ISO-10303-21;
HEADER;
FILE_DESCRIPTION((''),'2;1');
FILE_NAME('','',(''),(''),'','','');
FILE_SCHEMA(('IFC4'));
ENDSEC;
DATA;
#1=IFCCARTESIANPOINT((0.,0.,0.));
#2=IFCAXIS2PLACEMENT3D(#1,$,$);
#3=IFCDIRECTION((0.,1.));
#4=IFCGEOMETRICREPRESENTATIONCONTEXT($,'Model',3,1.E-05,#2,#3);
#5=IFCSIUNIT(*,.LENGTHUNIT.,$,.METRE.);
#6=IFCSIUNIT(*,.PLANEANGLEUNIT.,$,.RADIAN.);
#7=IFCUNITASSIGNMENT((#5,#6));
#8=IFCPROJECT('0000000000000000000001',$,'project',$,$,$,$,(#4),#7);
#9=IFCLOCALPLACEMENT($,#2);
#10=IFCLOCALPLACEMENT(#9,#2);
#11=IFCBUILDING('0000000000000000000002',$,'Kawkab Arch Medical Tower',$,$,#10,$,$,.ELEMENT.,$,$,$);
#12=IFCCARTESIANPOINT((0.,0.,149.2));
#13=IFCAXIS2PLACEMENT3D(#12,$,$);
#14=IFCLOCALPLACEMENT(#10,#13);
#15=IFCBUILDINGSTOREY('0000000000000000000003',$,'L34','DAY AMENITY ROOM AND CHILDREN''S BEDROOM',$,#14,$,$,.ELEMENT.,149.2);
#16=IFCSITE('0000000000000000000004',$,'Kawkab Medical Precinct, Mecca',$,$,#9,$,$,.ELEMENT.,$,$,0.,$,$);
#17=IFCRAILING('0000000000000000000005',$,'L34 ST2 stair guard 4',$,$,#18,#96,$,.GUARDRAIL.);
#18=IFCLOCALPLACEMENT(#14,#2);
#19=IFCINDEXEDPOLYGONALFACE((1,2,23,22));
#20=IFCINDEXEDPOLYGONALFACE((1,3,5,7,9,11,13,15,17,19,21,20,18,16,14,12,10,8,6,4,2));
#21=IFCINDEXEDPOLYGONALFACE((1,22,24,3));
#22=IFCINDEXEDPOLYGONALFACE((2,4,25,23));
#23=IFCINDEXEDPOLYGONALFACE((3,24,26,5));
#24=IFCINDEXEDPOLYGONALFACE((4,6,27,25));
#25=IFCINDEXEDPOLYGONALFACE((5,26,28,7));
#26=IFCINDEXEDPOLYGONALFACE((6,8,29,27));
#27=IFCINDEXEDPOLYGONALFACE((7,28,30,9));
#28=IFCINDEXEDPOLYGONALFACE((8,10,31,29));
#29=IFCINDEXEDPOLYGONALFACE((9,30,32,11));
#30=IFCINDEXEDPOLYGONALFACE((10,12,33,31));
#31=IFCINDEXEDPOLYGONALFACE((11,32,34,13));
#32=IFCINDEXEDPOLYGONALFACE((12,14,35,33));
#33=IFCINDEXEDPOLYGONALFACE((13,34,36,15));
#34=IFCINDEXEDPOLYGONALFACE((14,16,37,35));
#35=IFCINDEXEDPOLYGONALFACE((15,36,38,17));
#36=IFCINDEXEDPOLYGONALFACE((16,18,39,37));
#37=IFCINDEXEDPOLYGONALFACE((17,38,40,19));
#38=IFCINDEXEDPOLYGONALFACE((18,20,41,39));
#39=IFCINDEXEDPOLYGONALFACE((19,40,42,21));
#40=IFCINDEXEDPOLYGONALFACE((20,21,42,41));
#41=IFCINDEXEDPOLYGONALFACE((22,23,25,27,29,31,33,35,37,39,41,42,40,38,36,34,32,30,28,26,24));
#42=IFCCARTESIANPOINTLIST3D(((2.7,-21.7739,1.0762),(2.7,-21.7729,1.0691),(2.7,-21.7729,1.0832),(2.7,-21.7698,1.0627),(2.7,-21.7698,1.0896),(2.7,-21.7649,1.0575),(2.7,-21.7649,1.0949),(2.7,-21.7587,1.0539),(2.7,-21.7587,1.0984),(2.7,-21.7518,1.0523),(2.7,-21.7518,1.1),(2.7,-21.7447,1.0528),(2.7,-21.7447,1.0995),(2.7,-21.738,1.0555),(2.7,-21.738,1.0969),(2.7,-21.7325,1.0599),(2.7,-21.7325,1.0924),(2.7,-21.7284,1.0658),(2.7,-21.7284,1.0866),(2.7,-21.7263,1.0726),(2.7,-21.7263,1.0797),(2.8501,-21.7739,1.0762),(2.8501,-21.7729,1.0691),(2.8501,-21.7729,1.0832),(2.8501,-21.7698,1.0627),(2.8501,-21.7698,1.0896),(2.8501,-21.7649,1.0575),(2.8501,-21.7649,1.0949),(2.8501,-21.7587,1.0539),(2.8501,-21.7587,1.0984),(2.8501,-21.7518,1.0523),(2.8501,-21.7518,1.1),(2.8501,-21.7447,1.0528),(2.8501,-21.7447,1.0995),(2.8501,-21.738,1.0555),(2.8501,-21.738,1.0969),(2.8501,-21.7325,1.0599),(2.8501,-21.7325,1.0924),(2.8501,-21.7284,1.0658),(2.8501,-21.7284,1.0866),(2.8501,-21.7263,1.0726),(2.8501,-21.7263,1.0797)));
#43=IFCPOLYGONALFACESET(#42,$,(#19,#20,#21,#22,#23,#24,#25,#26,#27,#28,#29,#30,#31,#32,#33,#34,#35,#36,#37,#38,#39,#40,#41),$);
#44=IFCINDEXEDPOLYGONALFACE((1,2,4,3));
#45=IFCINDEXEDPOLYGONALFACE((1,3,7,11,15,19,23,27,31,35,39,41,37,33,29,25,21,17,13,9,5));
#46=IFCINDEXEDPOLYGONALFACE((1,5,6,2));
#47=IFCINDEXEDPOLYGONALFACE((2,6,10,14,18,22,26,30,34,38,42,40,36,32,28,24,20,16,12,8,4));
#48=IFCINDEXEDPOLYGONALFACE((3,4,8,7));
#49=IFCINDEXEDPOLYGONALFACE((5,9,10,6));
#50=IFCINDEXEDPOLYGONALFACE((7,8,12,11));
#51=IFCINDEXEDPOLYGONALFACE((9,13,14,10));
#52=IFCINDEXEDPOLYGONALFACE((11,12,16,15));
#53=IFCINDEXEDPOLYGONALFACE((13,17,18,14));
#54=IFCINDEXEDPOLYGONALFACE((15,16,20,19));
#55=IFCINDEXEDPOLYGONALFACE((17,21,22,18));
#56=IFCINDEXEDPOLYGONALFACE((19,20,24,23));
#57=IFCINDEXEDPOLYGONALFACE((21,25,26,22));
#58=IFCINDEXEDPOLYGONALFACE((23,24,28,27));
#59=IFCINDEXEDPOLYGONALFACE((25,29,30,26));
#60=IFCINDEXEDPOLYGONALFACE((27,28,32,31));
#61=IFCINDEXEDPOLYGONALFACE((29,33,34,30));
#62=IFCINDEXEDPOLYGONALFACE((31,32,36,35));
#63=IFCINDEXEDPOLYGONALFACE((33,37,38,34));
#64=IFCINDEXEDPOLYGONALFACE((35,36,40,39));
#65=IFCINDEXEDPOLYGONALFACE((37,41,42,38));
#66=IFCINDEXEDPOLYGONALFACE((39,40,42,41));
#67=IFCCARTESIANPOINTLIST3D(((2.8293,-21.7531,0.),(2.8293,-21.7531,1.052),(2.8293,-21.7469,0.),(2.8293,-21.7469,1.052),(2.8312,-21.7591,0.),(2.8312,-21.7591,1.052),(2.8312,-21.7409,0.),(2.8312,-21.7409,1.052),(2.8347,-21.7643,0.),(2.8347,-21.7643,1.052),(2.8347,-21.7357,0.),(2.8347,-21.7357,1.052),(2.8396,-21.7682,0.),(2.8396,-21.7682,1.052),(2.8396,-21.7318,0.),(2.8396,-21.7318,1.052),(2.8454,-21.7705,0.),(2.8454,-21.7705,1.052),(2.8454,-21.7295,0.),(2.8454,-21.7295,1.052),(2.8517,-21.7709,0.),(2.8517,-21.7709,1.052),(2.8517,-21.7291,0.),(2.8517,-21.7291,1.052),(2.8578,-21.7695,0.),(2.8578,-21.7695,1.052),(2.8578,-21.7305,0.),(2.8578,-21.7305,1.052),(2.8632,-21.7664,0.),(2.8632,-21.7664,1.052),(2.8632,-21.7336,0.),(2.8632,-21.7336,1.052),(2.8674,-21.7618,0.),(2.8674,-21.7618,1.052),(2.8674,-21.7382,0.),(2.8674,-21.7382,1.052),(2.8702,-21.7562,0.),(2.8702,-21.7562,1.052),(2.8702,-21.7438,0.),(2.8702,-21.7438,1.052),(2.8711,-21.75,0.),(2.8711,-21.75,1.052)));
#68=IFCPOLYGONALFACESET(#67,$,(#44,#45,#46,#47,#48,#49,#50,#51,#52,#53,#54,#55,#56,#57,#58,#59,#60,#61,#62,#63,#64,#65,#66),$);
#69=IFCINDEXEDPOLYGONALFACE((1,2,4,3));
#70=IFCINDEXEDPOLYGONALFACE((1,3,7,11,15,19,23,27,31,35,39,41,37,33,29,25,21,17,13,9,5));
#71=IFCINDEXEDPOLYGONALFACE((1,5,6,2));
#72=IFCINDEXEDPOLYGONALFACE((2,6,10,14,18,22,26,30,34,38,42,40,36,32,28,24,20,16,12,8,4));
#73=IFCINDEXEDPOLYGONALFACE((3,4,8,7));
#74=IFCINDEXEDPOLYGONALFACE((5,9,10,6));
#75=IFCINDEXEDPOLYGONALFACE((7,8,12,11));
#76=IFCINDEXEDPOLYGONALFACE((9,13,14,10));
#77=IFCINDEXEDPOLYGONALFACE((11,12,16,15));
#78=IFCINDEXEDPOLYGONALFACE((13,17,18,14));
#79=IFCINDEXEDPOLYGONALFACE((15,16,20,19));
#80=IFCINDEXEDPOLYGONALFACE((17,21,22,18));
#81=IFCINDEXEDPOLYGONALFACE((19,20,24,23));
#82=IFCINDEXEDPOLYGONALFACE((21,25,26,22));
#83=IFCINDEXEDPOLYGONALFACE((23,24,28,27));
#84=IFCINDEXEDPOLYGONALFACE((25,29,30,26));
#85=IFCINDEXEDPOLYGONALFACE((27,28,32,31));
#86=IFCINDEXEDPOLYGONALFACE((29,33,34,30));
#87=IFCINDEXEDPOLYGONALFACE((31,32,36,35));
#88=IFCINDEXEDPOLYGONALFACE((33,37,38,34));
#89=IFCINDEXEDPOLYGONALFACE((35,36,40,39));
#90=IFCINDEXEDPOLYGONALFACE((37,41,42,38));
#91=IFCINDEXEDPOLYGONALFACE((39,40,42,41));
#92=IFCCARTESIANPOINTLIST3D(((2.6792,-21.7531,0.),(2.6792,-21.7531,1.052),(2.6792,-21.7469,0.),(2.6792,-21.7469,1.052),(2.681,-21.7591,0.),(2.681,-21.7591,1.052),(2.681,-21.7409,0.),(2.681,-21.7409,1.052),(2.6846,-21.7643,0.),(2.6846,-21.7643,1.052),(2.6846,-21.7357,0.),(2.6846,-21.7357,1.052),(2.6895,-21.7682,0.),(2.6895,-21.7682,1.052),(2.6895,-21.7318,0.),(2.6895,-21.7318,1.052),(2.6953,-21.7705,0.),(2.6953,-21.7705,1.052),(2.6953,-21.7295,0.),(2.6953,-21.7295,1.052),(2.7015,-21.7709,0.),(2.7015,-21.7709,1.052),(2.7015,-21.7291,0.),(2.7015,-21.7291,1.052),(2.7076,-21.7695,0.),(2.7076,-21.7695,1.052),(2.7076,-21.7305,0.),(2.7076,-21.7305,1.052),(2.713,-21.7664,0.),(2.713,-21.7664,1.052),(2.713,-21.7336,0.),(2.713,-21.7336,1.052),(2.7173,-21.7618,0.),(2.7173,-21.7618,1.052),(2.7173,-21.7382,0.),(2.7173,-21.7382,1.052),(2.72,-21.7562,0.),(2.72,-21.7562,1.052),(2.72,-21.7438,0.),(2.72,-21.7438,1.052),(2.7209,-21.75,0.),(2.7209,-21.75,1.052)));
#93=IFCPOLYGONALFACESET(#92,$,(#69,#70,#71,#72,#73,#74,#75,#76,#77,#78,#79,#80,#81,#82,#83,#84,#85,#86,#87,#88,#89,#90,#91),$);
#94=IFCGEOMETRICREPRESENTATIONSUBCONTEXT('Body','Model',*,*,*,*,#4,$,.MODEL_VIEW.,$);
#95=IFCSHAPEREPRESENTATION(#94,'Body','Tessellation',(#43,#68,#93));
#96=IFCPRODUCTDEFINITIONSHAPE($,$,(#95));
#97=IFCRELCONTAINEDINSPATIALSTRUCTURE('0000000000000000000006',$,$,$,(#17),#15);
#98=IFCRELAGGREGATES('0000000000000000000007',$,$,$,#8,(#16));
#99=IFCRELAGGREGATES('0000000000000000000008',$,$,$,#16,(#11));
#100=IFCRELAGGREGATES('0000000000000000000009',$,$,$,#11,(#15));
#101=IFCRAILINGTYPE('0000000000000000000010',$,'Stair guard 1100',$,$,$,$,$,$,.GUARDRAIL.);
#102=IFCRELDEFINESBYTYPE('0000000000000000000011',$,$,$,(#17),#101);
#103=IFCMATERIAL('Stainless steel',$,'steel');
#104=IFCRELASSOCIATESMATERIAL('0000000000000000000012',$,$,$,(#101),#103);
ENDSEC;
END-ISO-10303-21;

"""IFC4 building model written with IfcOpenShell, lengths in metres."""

from ifc_helpers import new_model, si_unit, direction, frame, origin, origin_2d, place, context, subcontext, project, spatial, circle, extrude, material, type_object, element, save


model = new_model("IFC4")

# Units and contexts
model_context = context("Model", 3, precision=1e-05, world=origin(), true_north=direction((0.0, 1.0)))
body_context = subcontext(model_context, "Body", "Model", "MODEL_VIEW")
ifc_project = project(units=[si_unit("LENGTHUNIT", "METRE"), si_unit("PLANEANGLEUNIT", "RADIAN")], contexts=[model_context])

# Site, building, storey
site_placement = place(None, origin())
site = spatial("IfcSite", under=ifc_project, at=site_placement, Name="Kawkab Medical Precinct, Mecca", CompositionType="ELEMENT", RefElevation=0.0)
building_placement = place(site_placement, origin())
building = spatial("IfcBuilding", under=site, at=building_placement, Name="Kawkab Arch Medical Tower", CompositionType="ELEMENT")
storey_placement = place(building_placement, frame((0.0, 0.0, 149.2)))
storey = spatial("IfcBuildingStorey", under=building, at=storey_placement, Name="L34", Description="DAY AMENITY ROOM AND CHILDREN'S BEDROOM", CompositionType="ELEMENT", Elevation=149.2)

# Railing
ifc_material_1 = material(Name="Stainless steel", Category="steel")
railing_type = type_object("IfcRailingType", Name="Stair guard 1100", PredefinedType="GUARDRAIL", material=ifc_material_1)
railing_1_placement = place(storey_placement, frame((2.8501, -21.75, 0.0)))
element("IfcRailing", 1, at=railing_1_placement, inside=storey, type_object=railing_type, Name="L34 ST2 stair guard 4", PredefinedType="GUARDRAIL", context=body_context, shape_type="SweptSolid", body=[
    extrude(circle(Radius=0.0239, at=origin_2d()), frame((0.0, 0.0, 1.0762), z_axis=(-1.0, 0.0, 0.0), x_axis=(0.0, -1.0, 0.0)), (0.0, 0.0, 1.0), 0.1501),
    extrude(circle(Radius=0.021, at=origin_2d()), origin(), (0.0, 0.0, 1.0), 1.052),
    extrude(circle(Radius=0.021, at=origin_2d()), frame((-0.1501, 0.0, 0.0)), (0.0, 0.0, 1.0), 1.052),
])

save(model, "model.ifc")
